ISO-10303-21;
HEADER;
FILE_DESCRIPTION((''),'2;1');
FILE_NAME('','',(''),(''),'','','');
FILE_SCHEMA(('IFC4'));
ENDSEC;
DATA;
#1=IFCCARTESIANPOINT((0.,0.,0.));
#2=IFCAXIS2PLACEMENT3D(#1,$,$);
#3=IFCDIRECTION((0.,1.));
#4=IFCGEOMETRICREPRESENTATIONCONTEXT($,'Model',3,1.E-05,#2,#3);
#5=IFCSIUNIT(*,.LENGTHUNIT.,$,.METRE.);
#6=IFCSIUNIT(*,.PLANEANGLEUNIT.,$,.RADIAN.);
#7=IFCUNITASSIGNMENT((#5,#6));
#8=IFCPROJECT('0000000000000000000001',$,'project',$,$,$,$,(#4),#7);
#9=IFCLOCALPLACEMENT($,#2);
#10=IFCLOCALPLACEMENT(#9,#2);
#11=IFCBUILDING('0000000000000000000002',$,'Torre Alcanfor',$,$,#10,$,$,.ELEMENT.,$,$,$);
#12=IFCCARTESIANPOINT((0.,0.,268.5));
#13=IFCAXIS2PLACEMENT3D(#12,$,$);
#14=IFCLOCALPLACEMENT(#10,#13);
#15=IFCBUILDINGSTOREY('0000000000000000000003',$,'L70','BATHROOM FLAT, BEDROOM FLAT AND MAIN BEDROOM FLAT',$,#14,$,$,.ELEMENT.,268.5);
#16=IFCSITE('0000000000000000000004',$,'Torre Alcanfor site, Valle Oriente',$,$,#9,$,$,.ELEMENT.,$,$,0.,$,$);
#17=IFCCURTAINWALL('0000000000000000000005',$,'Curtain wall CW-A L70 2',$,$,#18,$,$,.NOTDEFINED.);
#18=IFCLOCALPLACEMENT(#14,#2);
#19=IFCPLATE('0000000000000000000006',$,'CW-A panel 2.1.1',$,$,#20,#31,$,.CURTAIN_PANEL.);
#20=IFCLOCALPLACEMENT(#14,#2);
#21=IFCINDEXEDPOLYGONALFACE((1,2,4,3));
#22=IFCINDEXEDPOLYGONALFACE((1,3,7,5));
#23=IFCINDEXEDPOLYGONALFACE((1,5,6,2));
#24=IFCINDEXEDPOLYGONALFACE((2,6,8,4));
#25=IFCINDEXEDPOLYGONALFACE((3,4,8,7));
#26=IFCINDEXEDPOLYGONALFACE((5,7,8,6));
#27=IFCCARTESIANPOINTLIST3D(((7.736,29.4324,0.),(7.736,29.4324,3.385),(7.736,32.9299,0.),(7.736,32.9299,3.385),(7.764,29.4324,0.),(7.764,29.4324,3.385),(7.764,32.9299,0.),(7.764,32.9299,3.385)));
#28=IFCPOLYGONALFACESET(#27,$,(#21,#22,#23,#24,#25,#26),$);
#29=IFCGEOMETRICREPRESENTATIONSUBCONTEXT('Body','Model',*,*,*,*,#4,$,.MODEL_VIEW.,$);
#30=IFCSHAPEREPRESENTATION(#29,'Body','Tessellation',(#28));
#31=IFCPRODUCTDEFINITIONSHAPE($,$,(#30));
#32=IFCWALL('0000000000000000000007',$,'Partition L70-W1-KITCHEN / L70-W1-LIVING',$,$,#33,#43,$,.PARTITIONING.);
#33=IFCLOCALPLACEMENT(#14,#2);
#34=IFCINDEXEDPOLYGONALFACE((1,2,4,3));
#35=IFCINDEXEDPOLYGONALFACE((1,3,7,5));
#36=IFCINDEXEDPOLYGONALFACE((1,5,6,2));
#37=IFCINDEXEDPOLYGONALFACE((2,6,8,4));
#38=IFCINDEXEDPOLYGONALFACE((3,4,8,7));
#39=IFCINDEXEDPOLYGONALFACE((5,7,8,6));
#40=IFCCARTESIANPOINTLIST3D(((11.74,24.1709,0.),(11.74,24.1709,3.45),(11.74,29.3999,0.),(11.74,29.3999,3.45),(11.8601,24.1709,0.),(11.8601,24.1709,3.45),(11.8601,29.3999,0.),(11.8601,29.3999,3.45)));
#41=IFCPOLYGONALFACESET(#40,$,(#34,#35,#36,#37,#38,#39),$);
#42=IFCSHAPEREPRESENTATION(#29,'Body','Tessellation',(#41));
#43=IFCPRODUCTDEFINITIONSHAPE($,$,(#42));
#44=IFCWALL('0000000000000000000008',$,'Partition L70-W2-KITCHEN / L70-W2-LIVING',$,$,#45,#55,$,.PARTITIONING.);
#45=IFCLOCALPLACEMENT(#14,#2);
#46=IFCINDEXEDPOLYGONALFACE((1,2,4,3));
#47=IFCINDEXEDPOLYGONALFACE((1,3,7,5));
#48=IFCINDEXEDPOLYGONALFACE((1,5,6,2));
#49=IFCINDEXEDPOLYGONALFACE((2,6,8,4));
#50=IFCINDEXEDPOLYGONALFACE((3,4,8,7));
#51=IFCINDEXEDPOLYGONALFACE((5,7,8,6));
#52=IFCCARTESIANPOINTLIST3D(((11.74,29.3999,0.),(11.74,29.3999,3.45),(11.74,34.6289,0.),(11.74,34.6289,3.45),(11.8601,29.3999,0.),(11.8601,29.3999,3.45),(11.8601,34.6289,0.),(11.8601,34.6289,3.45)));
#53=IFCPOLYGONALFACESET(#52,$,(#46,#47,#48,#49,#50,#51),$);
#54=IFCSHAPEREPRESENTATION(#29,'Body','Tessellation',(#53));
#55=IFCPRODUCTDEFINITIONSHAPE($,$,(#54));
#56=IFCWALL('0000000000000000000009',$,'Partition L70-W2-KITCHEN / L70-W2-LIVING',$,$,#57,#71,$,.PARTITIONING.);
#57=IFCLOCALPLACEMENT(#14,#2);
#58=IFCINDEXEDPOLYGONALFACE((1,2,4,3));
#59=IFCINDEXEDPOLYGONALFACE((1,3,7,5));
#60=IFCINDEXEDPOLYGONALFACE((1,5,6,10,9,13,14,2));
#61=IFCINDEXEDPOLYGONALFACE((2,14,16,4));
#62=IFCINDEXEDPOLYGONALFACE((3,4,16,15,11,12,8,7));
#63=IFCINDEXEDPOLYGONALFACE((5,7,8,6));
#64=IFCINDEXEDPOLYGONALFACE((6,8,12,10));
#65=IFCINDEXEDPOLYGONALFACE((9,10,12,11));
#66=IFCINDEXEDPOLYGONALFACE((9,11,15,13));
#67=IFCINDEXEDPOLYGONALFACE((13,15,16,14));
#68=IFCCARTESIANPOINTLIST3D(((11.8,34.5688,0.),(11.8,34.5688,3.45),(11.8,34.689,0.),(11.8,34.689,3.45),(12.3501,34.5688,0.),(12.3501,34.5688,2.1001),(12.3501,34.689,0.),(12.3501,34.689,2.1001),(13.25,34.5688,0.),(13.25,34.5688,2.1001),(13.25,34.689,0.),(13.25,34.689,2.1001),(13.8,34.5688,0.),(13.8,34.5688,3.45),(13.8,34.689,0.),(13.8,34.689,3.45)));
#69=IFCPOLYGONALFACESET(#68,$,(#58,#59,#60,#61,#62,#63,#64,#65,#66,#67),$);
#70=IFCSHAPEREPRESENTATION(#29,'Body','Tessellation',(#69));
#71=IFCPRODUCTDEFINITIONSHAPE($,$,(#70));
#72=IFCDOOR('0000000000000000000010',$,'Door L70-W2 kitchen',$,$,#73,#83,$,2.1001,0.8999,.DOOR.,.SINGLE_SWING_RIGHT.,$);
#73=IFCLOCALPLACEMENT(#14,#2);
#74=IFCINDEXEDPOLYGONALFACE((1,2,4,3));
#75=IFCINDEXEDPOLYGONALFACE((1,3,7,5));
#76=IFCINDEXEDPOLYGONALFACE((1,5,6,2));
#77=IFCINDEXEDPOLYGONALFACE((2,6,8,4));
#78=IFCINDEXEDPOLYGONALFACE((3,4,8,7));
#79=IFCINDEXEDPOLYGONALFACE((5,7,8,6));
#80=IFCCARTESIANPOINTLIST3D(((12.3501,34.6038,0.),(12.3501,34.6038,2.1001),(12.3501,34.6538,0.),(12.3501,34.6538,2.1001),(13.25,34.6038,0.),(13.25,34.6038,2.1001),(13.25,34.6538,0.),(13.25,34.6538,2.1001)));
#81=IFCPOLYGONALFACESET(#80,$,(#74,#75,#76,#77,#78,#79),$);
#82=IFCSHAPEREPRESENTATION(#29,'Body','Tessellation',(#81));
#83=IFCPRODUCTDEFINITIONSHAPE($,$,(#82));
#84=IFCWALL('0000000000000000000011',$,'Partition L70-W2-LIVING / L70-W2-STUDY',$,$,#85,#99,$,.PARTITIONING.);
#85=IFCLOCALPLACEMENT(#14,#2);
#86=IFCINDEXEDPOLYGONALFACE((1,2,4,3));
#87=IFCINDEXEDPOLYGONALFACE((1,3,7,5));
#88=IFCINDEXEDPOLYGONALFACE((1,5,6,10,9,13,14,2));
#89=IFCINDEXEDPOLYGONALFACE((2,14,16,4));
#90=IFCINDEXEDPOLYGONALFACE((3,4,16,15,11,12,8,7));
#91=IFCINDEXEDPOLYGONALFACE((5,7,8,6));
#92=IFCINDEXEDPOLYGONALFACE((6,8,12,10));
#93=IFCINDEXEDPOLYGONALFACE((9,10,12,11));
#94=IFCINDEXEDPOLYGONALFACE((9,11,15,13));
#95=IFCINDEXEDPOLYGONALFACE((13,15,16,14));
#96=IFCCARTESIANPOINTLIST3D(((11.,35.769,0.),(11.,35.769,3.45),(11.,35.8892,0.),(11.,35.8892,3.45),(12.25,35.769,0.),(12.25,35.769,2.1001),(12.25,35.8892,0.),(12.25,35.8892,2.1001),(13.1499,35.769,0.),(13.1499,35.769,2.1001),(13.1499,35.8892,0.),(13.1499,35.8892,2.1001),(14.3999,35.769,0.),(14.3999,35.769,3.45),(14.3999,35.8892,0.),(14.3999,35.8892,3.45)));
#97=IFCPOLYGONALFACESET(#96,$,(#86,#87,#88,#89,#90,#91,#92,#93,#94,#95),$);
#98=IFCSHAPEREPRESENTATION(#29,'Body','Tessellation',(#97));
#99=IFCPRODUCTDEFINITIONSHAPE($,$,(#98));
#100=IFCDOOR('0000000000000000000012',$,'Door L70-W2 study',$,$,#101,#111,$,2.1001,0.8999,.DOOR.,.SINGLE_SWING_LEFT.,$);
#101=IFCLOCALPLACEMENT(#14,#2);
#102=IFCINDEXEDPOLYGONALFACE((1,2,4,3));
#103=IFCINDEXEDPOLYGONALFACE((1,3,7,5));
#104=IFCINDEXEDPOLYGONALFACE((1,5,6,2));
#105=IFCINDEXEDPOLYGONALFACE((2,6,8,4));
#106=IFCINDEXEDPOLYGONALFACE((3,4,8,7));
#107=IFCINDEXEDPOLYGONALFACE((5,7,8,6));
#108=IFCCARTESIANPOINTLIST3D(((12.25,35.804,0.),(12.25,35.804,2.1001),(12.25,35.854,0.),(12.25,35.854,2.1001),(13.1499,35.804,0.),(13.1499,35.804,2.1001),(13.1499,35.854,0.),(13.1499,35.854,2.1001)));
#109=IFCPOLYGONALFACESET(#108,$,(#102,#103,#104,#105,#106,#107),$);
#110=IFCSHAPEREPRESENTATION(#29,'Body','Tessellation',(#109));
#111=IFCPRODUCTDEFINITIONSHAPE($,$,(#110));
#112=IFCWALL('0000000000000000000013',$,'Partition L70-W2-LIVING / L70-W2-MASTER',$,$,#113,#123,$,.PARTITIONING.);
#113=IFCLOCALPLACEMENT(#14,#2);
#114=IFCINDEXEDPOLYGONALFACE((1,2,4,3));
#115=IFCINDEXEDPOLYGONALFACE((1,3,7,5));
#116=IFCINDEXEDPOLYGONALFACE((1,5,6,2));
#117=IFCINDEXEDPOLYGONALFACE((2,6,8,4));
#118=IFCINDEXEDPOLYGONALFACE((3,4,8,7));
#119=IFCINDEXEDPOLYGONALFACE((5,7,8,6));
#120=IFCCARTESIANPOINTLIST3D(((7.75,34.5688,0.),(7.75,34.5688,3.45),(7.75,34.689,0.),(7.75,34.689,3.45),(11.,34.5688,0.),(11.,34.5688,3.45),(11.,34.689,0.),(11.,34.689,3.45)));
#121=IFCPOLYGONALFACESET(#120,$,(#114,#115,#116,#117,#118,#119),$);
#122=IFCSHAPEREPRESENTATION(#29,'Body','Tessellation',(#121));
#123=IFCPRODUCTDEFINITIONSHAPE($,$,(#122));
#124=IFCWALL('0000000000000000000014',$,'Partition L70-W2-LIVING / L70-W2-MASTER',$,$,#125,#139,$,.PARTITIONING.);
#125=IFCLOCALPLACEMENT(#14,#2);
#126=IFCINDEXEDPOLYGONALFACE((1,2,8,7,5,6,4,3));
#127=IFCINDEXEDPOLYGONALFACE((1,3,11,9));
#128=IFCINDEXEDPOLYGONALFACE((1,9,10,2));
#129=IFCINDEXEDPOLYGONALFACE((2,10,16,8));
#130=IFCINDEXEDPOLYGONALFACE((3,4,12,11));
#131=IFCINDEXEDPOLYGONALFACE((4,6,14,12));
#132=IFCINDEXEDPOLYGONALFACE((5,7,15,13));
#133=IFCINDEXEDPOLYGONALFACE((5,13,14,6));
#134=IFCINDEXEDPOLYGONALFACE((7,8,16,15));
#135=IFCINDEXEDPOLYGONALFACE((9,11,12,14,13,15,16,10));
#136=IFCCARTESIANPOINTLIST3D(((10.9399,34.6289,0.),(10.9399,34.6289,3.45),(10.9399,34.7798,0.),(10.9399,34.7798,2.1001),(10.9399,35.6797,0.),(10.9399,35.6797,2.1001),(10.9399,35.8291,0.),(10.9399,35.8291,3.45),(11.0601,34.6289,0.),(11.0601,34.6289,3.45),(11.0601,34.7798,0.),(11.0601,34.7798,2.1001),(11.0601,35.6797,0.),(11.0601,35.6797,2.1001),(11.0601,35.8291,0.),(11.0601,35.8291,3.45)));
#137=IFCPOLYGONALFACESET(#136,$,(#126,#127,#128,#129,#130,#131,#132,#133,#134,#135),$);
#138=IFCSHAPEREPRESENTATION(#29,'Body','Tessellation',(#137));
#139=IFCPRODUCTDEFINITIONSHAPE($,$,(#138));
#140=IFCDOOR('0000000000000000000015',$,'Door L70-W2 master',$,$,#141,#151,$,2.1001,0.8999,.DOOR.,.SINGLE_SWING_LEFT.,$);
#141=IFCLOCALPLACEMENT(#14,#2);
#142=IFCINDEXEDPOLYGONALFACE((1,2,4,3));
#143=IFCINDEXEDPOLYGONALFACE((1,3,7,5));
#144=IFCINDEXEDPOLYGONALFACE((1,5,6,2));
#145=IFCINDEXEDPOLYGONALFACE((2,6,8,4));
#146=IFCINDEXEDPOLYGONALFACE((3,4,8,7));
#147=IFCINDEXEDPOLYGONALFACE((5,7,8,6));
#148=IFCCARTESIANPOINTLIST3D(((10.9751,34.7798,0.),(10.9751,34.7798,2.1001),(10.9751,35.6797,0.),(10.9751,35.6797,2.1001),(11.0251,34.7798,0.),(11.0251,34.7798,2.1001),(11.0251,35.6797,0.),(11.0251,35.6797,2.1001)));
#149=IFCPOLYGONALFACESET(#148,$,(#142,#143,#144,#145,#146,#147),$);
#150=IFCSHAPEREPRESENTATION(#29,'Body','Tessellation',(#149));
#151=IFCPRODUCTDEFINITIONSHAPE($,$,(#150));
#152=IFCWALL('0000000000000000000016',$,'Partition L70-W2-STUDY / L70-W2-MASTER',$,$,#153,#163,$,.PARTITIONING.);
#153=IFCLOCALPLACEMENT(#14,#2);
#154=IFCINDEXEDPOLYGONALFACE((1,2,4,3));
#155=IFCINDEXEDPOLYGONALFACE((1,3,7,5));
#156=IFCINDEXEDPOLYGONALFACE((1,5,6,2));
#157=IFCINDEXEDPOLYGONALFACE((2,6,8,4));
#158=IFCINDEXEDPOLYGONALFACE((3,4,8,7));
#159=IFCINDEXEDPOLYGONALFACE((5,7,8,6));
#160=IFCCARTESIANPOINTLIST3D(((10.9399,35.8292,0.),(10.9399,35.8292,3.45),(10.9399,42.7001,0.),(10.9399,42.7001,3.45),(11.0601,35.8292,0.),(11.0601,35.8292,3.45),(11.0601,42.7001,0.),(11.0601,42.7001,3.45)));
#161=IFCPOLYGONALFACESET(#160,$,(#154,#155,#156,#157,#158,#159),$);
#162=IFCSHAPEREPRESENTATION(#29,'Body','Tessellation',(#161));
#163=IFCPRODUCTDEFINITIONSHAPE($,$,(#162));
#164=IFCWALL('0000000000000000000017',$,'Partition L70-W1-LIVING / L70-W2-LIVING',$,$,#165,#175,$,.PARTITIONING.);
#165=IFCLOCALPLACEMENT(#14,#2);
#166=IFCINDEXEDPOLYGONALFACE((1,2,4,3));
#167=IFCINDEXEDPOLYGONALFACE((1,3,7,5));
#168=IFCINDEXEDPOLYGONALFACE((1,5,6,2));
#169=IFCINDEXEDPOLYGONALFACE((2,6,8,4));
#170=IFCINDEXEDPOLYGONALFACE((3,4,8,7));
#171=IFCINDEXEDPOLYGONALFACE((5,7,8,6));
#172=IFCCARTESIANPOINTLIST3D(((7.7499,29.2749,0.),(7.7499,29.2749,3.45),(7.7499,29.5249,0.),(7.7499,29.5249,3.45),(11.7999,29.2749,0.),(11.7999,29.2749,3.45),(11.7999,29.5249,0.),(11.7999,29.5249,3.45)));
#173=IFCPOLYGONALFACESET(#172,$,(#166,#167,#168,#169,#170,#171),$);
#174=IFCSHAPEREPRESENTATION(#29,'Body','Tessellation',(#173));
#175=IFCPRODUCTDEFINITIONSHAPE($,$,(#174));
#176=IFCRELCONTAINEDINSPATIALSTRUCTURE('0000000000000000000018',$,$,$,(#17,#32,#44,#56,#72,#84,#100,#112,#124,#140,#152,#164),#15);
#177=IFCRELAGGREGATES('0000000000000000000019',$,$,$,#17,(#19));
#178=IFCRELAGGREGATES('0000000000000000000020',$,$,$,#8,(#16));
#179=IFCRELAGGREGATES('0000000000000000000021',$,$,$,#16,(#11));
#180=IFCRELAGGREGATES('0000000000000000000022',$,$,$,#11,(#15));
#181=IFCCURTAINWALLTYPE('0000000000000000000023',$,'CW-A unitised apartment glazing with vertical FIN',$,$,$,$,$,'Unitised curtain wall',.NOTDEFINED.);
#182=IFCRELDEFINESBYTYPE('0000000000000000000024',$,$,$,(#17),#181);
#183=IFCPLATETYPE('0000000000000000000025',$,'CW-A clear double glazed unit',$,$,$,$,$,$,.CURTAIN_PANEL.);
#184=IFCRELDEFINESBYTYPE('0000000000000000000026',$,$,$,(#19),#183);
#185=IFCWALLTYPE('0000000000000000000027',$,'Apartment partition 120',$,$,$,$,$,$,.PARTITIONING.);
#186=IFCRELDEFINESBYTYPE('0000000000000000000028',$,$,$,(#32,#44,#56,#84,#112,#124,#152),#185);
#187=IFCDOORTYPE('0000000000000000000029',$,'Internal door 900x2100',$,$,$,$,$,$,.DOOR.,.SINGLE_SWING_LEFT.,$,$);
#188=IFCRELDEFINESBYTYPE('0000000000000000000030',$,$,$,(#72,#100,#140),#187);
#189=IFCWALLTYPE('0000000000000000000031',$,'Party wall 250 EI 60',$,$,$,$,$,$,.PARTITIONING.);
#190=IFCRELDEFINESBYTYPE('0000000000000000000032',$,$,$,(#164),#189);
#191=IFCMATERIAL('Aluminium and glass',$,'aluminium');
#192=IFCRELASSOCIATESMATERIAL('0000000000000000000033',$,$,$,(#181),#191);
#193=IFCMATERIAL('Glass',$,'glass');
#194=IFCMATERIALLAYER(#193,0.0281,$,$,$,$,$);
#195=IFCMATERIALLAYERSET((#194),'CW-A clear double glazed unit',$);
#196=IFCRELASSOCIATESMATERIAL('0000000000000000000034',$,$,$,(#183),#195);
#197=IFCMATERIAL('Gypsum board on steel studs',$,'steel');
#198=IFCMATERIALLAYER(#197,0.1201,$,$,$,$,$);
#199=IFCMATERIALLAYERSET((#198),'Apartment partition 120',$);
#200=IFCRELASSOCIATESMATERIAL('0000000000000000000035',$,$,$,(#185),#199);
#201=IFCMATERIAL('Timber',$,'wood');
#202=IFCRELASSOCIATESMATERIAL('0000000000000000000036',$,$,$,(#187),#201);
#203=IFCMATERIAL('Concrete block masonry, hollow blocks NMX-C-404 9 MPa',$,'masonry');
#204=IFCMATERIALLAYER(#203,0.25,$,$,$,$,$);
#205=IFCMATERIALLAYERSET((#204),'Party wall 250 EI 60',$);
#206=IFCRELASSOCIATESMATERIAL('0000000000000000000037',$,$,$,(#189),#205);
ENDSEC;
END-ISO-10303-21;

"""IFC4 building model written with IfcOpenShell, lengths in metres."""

from ifc_helpers import new_model, si_unit, direction, frame, frame_2d, origin, origin_2d, place, context, subcontext, project, spatial, rectangle, extrude, material, layer, layer_set, type_object, element, fill, aggregate, save


model = new_model("IFC4")

# Units and contexts
model_context = context("Model", 3, precision=1e-05, world=origin(), true_north=direction((0.0, 1.0)))
body_context = subcontext(model_context, "Body", "Model", "MODEL_VIEW")
ifc_project = project(units=[si_unit("LENGTHUNIT", "METRE"), si_unit("PLANEANGLEUNIT", "RADIAN")], contexts=[model_context])

# Site, building, storey
site_placement = place(None, origin())
site = spatial("IfcSite", under=ifc_project, at=site_placement, Name="Torre Alcanfor site, Valle Oriente", CompositionType="ELEMENT", RefElevation=0.0)
building_placement = place(site_placement, origin())
building = spatial("IfcBuilding", under=site, at=building_placement, Name="Torre Alcanfor", CompositionType="ELEMENT")
storey_placement = place(building_placement, frame((0.0, 0.0, 268.5)))
storey = spatial("IfcBuildingStorey", under=building, at=storey_placement, Name="L70", Description="BATHROOM FLAT, BEDROOM FLAT AND MAIN BEDROOM FLAT", CompositionType="ELEMENT", Elevation=268.5)

# Curtain wall
ifc_material_1 = material(Name="Aluminium and glass", Category="aluminium")
curtain_wall_type = type_object("IfcCurtainWallType", Name="CW-A unitised apartment glazing with vertical FIN", ElementType="Unitised curtain wall", PredefinedType="NOTDEFINED", material=ifc_material_1)
curtain_wall_placement = place(storey_placement, origin())
curtain_wall = element("IfcCurtainWall", 1, at=curtain_wall_placement, inside=storey, type_object=curtain_wall_type, Name="Curtain wall CW-A L70 2", PredefinedType="NOTDEFINED")

# Plate
ifc_material_2 = material(Name="Glass", Category="glass")
ifc_layer_1 = layer(ifc_material_2, 0.0281)
ifc_layer_set_1 = layer_set([ifc_layer_1], Name="CW-A clear double glazed unit")
plate_type = type_object("IfcPlateType", Name="CW-A clear double glazed unit", PredefinedType="CURTAIN_PANEL", material=ifc_layer_set_1)
plate_1_placement = place(storey_placement, frame((7.75, 31.1812, 0.0), z_axis=(0.0, 0.0, 1.0), x_axis=(0.0, -1.0, 0.0)))
plate_1 = element("IfcPlate", 2, at=plate_1_placement, type_object=plate_type, Name="CW-A panel 2.1.1", PredefinedType="CURTAIN_PANEL", context=body_context, shape_type="SweptSolid", body=[
    extrude(rectangle(XDim=3.4976, YDim=0.0281, at=origin_2d()), origin(), (0.0, 0.0, 1.0), 3.385),
])
aggregate(curtain_wall, [plate_1])

# Walls
ifc_material_3 = material(Name="Gypsum board on steel studs", Category="steel")
ifc_layer_2 = layer(ifc_material_3, 0.1201)
ifc_layer_set_2 = layer_set([ifc_layer_2], Name="Apartment partition 120")
wall_type_1 = type_object("IfcWallType", Name="Apartment partition 120", PredefinedType="PARTITIONING", material=ifc_layer_set_2)
for number, where, z_axis, x_axis, name in (
    (3, (11.8, 29.3999, 0.0), (0.0, 0.0, 1.0), (0.0, -1.0, 0.0), "Partition L70-W1-KITCHEN / L70-W1-LIVING"),
    (4, (11.8, 29.3999, 0.0), (0.0, 0.0, 1.0), (0.0, 1.0, 0.0), "Partition L70-W2-KITCHEN / L70-W2-LIVING"),
):
    element("IfcWall", number, at=place(storey_placement, frame(where, z_axis=z_axis, x_axis=x_axis)), inside=storey, type_object=wall_type_1, Name=name, PredefinedType="PARTITIONING", context=body_context, shape_type="SweptSolid", body=[
        extrude(rectangle(XDim=5.229, YDim=0.1201, at=frame_2d((2.6145, 0.0))), origin(), (0.0, 0.0, 1.0), 3.45),
    ])

# Walls, openings, doors
wall_1_placement = place(storey_placement, frame((11.8, 34.6289, 0.0), z_axis=(0.0, 0.0, 1.0), x_axis=(1.0, 0.0, 0.0)))
wall_1 = element("IfcWall", 5, at=wall_1_placement, inside=storey, type_object=wall_type_1, Name="Partition L70-W2-KITCHEN / L70-W2-LIVING", PredefinedType="PARTITIONING", context=body_context, shape_type="SweptSolid", body=[
    extrude(rectangle(XDim=2.0, YDim=0.1201, at=frame_2d((1.0, 0.0))), origin(), (0.0, 0.0, 1.0), 3.45),
])
opening_1_placement = place(wall_1_placement, frame((0.55, 0.0, 0.0)))
opening_1 = element("IfcOpeningElement", 6, at=opening_1_placement, cuts=wall_1, PredefinedType="OPENING", context=body_context, shape_type="SweptSolid", body=[
    extrude(rectangle(XDim=0.8999, YDim=2.1001, at=frame_2d((0.45, 1.05))), frame((0.0, 0.0701, 0.0), z_axis=(0.0, -1.0, 0.0), x_axis=(1.0, 0.0, 0.0)), (0.0, 0.0, 1.0), 0.1401),
])
ifc_material_4 = material(Name="Timber", Category="wood")
door_type = type_object("IfcDoorType", Name="Internal door 900x2100", OperationType="SINGLE_SWING_LEFT", PredefinedType="DOOR", material=ifc_material_4)
door_1_placement = place(opening_1_placement, frame((0.8999, 0.0, 0.0), z_axis=(0.0, 0.0, 1.0), x_axis=(-1.0, 0.0, 0.0)))
door_1 = element("IfcDoor", 7, at=door_1_placement, inside=storey, type_object=door_type, Name="Door L70-W2 kitchen", OperationType="SINGLE_SWING_RIGHT", OverallHeight=2.1001, OverallWidth=0.8999, PredefinedType="DOOR", context=body_context, shape_type="SweptSolid", body=[
    extrude(rectangle(XDim=0.8999, YDim=2.1001, at=frame_2d((0.45, 1.05))), frame((0.0, 0.0251, 0.0), z_axis=(0.0, -1.0, 0.0), x_axis=(1.0, 0.0, 0.0)), (0.0, 0.0, 1.0), 0.05),
])
fill(opening_1, door_1)
wall_2_placement = place(storey_placement, frame((11.0, 35.8291, 0.0), z_axis=(0.0, 0.0, 1.0), x_axis=(1.0, 0.0, 0.0)))
wall_2 = element("IfcWall", 8, at=wall_2_placement, inside=storey, type_object=wall_type_1, Name="Partition L70-W2-LIVING / L70-W2-STUDY", PredefinedType="PARTITIONING", context=body_context, shape_type="SweptSolid", body=[
    extrude(rectangle(XDim=3.3999, YDim=0.1201, at=frame_2d((1.7, 0.0))), origin(), (0.0, 0.0, 1.0), 3.45),
])
opening_2_placement = place(wall_2_placement, frame((1.25, 0.0, 0.0)))
opening_2 = element("IfcOpeningElement", 9, at=opening_2_placement, cuts=wall_2, PredefinedType="OPENING", context=body_context, shape_type="SweptSolid", body=[
    extrude(rectangle(XDim=0.8999, YDim=2.1001, at=frame_2d((0.45, 1.05))), frame((0.0, 0.0701, 0.0), z_axis=(0.0, -1.0, 0.0), x_axis=(1.0, 0.0, 0.0)), (0.0, 0.0, 1.0), 0.1401),
])
door_2_placement = place(opening_2_placement, origin())
door_2 = element("IfcDoor", 10, at=door_2_placement, inside=storey, type_object=door_type, Name="Door L70-W2 study", OperationType="SINGLE_SWING_LEFT", OverallHeight=2.1001, OverallWidth=0.8999, PredefinedType="DOOR", context=body_context, shape_type="SweptSolid", body=[
    extrude(rectangle(XDim=0.8999, YDim=2.1001, at=frame_2d((0.45, 1.05))), frame((0.0, 0.0249, 0.0), z_axis=(0.0, -1.0, 0.0), x_axis=(1.0, 0.0, 0.0)), (0.0, 0.0, 1.0), 0.05),
])
fill(opening_2, door_2)

# Wall
wall_3_placement = place(storey_placement, frame((7.75, 34.6289, 0.0), z_axis=(0.0, 0.0, 1.0), x_axis=(1.0, 0.0, 0.0)))
element("IfcWall", 11, at=wall_3_placement, inside=storey, type_object=wall_type_1, Name="Partition L70-W2-LIVING / L70-W2-MASTER", PredefinedType="PARTITIONING", context=body_context, shape_type="SweptSolid", body=[
    extrude(rectangle(XDim=3.25, YDim=0.1201, at=frame_2d((1.625, 0.0))), origin(), (0.0, 0.0, 1.0), 3.45),
])

# Wall, opening, door
wall_4_placement = place(storey_placement, frame((11.0, 34.6289, 0.0), z_axis=(0.0, 0.0, 1.0), x_axis=(0.0, 1.0, 0.0)))
wall_4 = element("IfcWall", 12, at=wall_4_placement, inside=storey, type_object=wall_type_1, Name="Partition L70-W2-LIVING / L70-W2-MASTER", PredefinedType="PARTITIONING", context=body_context, shape_type="SweptSolid", body=[
    extrude(rectangle(XDim=1.2002, YDim=0.1201, at=frame_2d((0.6001, 0.0))), origin(), (0.0, 0.0, 1.0), 3.45),
])
opening_3_placement = place(wall_4_placement, frame((0.1509, 0.0, 0.0)))
opening_3 = element("IfcOpeningElement", 13, at=opening_3_placement, cuts=wall_4, PredefinedType="OPENING", context=body_context, shape_type="SweptSolid", body=[
    extrude(rectangle(XDim=0.8999, YDim=2.1001, at=frame_2d((0.45, 1.05))), frame((0.0, 0.0701, 0.0), z_axis=(0.0, -1.0, 0.0), x_axis=(1.0, 0.0, 0.0)), (0.0, 0.0, 1.0), 0.1401),
])
door_3_placement = place(opening_3_placement, origin())
door_3 = element("IfcDoor", 14, at=door_3_placement, inside=storey, type_object=door_type, Name="Door L70-W2 master", OperationType="SINGLE_SWING_LEFT", OverallHeight=2.1001, OverallWidth=0.8999, PredefinedType="DOOR", context=body_context, shape_type="SweptSolid", body=[
    extrude(rectangle(XDim=0.8999, YDim=2.1001, at=frame_2d((0.45, 1.05))), frame((0.0, 0.0249, 0.0), z_axis=(0.0, -1.0, 0.0), x_axis=(1.0, 0.0, 0.0)), (0.0, 0.0, 1.0), 0.05),
])
fill(opening_3, door_3)

# Walls
wall_5_placement = place(storey_placement, frame((11.0, 35.8291, 0.0), z_axis=(0.0, 0.0, 1.0), x_axis=(0.0, 1.0, 0.0)))
element("IfcWall", 15, at=wall_5_placement, inside=storey, type_object=wall_type_1, Name="Partition L70-W2-STUDY / L70-W2-MASTER", PredefinedType="PARTITIONING", context=body_context, shape_type="SweptSolid", body=[
    extrude(rectangle(XDim=6.8708, YDim=0.1201, at=frame_2d((3.4355, 0.0))), origin(), (0.0, 0.0, 1.0), 3.45),
])
ifc_material_5 = material(Name="Concrete block masonry, hollow blocks NMX-C-404 9 MPa", Category="masonry")
ifc_layer_3 = layer(ifc_material_5, 0.25)
ifc_layer_set_3 = layer_set([ifc_layer_3], Name="Party wall 250 EI 60")
wall_type_2 = type_object("IfcWallType", Name="Party wall 250 EI 60", PredefinedType="PARTITIONING", material=ifc_layer_set_3)
wall_6_placement = place(storey_placement, frame((7.75, 29.3999, 0.0), z_axis=(0.0, 0.0, 1.0), x_axis=(1.0, 0.0, 0.0)))
element("IfcWall", 16, at=wall_6_placement, inside=storey, type_object=wall_type_2, Name="Partition L70-W1-LIVING / L70-W2-LIVING", PredefinedType="PARTITIONING", context=body_context, shape_type="SweptSolid", body=[
    extrude(rectangle(XDim=4.05, YDim=0.25, at=frame_2d((2.0249, 0.0))), origin(), (0.0, 0.0, 1.0), 3.45),
])

save(model, "model.ifc")
